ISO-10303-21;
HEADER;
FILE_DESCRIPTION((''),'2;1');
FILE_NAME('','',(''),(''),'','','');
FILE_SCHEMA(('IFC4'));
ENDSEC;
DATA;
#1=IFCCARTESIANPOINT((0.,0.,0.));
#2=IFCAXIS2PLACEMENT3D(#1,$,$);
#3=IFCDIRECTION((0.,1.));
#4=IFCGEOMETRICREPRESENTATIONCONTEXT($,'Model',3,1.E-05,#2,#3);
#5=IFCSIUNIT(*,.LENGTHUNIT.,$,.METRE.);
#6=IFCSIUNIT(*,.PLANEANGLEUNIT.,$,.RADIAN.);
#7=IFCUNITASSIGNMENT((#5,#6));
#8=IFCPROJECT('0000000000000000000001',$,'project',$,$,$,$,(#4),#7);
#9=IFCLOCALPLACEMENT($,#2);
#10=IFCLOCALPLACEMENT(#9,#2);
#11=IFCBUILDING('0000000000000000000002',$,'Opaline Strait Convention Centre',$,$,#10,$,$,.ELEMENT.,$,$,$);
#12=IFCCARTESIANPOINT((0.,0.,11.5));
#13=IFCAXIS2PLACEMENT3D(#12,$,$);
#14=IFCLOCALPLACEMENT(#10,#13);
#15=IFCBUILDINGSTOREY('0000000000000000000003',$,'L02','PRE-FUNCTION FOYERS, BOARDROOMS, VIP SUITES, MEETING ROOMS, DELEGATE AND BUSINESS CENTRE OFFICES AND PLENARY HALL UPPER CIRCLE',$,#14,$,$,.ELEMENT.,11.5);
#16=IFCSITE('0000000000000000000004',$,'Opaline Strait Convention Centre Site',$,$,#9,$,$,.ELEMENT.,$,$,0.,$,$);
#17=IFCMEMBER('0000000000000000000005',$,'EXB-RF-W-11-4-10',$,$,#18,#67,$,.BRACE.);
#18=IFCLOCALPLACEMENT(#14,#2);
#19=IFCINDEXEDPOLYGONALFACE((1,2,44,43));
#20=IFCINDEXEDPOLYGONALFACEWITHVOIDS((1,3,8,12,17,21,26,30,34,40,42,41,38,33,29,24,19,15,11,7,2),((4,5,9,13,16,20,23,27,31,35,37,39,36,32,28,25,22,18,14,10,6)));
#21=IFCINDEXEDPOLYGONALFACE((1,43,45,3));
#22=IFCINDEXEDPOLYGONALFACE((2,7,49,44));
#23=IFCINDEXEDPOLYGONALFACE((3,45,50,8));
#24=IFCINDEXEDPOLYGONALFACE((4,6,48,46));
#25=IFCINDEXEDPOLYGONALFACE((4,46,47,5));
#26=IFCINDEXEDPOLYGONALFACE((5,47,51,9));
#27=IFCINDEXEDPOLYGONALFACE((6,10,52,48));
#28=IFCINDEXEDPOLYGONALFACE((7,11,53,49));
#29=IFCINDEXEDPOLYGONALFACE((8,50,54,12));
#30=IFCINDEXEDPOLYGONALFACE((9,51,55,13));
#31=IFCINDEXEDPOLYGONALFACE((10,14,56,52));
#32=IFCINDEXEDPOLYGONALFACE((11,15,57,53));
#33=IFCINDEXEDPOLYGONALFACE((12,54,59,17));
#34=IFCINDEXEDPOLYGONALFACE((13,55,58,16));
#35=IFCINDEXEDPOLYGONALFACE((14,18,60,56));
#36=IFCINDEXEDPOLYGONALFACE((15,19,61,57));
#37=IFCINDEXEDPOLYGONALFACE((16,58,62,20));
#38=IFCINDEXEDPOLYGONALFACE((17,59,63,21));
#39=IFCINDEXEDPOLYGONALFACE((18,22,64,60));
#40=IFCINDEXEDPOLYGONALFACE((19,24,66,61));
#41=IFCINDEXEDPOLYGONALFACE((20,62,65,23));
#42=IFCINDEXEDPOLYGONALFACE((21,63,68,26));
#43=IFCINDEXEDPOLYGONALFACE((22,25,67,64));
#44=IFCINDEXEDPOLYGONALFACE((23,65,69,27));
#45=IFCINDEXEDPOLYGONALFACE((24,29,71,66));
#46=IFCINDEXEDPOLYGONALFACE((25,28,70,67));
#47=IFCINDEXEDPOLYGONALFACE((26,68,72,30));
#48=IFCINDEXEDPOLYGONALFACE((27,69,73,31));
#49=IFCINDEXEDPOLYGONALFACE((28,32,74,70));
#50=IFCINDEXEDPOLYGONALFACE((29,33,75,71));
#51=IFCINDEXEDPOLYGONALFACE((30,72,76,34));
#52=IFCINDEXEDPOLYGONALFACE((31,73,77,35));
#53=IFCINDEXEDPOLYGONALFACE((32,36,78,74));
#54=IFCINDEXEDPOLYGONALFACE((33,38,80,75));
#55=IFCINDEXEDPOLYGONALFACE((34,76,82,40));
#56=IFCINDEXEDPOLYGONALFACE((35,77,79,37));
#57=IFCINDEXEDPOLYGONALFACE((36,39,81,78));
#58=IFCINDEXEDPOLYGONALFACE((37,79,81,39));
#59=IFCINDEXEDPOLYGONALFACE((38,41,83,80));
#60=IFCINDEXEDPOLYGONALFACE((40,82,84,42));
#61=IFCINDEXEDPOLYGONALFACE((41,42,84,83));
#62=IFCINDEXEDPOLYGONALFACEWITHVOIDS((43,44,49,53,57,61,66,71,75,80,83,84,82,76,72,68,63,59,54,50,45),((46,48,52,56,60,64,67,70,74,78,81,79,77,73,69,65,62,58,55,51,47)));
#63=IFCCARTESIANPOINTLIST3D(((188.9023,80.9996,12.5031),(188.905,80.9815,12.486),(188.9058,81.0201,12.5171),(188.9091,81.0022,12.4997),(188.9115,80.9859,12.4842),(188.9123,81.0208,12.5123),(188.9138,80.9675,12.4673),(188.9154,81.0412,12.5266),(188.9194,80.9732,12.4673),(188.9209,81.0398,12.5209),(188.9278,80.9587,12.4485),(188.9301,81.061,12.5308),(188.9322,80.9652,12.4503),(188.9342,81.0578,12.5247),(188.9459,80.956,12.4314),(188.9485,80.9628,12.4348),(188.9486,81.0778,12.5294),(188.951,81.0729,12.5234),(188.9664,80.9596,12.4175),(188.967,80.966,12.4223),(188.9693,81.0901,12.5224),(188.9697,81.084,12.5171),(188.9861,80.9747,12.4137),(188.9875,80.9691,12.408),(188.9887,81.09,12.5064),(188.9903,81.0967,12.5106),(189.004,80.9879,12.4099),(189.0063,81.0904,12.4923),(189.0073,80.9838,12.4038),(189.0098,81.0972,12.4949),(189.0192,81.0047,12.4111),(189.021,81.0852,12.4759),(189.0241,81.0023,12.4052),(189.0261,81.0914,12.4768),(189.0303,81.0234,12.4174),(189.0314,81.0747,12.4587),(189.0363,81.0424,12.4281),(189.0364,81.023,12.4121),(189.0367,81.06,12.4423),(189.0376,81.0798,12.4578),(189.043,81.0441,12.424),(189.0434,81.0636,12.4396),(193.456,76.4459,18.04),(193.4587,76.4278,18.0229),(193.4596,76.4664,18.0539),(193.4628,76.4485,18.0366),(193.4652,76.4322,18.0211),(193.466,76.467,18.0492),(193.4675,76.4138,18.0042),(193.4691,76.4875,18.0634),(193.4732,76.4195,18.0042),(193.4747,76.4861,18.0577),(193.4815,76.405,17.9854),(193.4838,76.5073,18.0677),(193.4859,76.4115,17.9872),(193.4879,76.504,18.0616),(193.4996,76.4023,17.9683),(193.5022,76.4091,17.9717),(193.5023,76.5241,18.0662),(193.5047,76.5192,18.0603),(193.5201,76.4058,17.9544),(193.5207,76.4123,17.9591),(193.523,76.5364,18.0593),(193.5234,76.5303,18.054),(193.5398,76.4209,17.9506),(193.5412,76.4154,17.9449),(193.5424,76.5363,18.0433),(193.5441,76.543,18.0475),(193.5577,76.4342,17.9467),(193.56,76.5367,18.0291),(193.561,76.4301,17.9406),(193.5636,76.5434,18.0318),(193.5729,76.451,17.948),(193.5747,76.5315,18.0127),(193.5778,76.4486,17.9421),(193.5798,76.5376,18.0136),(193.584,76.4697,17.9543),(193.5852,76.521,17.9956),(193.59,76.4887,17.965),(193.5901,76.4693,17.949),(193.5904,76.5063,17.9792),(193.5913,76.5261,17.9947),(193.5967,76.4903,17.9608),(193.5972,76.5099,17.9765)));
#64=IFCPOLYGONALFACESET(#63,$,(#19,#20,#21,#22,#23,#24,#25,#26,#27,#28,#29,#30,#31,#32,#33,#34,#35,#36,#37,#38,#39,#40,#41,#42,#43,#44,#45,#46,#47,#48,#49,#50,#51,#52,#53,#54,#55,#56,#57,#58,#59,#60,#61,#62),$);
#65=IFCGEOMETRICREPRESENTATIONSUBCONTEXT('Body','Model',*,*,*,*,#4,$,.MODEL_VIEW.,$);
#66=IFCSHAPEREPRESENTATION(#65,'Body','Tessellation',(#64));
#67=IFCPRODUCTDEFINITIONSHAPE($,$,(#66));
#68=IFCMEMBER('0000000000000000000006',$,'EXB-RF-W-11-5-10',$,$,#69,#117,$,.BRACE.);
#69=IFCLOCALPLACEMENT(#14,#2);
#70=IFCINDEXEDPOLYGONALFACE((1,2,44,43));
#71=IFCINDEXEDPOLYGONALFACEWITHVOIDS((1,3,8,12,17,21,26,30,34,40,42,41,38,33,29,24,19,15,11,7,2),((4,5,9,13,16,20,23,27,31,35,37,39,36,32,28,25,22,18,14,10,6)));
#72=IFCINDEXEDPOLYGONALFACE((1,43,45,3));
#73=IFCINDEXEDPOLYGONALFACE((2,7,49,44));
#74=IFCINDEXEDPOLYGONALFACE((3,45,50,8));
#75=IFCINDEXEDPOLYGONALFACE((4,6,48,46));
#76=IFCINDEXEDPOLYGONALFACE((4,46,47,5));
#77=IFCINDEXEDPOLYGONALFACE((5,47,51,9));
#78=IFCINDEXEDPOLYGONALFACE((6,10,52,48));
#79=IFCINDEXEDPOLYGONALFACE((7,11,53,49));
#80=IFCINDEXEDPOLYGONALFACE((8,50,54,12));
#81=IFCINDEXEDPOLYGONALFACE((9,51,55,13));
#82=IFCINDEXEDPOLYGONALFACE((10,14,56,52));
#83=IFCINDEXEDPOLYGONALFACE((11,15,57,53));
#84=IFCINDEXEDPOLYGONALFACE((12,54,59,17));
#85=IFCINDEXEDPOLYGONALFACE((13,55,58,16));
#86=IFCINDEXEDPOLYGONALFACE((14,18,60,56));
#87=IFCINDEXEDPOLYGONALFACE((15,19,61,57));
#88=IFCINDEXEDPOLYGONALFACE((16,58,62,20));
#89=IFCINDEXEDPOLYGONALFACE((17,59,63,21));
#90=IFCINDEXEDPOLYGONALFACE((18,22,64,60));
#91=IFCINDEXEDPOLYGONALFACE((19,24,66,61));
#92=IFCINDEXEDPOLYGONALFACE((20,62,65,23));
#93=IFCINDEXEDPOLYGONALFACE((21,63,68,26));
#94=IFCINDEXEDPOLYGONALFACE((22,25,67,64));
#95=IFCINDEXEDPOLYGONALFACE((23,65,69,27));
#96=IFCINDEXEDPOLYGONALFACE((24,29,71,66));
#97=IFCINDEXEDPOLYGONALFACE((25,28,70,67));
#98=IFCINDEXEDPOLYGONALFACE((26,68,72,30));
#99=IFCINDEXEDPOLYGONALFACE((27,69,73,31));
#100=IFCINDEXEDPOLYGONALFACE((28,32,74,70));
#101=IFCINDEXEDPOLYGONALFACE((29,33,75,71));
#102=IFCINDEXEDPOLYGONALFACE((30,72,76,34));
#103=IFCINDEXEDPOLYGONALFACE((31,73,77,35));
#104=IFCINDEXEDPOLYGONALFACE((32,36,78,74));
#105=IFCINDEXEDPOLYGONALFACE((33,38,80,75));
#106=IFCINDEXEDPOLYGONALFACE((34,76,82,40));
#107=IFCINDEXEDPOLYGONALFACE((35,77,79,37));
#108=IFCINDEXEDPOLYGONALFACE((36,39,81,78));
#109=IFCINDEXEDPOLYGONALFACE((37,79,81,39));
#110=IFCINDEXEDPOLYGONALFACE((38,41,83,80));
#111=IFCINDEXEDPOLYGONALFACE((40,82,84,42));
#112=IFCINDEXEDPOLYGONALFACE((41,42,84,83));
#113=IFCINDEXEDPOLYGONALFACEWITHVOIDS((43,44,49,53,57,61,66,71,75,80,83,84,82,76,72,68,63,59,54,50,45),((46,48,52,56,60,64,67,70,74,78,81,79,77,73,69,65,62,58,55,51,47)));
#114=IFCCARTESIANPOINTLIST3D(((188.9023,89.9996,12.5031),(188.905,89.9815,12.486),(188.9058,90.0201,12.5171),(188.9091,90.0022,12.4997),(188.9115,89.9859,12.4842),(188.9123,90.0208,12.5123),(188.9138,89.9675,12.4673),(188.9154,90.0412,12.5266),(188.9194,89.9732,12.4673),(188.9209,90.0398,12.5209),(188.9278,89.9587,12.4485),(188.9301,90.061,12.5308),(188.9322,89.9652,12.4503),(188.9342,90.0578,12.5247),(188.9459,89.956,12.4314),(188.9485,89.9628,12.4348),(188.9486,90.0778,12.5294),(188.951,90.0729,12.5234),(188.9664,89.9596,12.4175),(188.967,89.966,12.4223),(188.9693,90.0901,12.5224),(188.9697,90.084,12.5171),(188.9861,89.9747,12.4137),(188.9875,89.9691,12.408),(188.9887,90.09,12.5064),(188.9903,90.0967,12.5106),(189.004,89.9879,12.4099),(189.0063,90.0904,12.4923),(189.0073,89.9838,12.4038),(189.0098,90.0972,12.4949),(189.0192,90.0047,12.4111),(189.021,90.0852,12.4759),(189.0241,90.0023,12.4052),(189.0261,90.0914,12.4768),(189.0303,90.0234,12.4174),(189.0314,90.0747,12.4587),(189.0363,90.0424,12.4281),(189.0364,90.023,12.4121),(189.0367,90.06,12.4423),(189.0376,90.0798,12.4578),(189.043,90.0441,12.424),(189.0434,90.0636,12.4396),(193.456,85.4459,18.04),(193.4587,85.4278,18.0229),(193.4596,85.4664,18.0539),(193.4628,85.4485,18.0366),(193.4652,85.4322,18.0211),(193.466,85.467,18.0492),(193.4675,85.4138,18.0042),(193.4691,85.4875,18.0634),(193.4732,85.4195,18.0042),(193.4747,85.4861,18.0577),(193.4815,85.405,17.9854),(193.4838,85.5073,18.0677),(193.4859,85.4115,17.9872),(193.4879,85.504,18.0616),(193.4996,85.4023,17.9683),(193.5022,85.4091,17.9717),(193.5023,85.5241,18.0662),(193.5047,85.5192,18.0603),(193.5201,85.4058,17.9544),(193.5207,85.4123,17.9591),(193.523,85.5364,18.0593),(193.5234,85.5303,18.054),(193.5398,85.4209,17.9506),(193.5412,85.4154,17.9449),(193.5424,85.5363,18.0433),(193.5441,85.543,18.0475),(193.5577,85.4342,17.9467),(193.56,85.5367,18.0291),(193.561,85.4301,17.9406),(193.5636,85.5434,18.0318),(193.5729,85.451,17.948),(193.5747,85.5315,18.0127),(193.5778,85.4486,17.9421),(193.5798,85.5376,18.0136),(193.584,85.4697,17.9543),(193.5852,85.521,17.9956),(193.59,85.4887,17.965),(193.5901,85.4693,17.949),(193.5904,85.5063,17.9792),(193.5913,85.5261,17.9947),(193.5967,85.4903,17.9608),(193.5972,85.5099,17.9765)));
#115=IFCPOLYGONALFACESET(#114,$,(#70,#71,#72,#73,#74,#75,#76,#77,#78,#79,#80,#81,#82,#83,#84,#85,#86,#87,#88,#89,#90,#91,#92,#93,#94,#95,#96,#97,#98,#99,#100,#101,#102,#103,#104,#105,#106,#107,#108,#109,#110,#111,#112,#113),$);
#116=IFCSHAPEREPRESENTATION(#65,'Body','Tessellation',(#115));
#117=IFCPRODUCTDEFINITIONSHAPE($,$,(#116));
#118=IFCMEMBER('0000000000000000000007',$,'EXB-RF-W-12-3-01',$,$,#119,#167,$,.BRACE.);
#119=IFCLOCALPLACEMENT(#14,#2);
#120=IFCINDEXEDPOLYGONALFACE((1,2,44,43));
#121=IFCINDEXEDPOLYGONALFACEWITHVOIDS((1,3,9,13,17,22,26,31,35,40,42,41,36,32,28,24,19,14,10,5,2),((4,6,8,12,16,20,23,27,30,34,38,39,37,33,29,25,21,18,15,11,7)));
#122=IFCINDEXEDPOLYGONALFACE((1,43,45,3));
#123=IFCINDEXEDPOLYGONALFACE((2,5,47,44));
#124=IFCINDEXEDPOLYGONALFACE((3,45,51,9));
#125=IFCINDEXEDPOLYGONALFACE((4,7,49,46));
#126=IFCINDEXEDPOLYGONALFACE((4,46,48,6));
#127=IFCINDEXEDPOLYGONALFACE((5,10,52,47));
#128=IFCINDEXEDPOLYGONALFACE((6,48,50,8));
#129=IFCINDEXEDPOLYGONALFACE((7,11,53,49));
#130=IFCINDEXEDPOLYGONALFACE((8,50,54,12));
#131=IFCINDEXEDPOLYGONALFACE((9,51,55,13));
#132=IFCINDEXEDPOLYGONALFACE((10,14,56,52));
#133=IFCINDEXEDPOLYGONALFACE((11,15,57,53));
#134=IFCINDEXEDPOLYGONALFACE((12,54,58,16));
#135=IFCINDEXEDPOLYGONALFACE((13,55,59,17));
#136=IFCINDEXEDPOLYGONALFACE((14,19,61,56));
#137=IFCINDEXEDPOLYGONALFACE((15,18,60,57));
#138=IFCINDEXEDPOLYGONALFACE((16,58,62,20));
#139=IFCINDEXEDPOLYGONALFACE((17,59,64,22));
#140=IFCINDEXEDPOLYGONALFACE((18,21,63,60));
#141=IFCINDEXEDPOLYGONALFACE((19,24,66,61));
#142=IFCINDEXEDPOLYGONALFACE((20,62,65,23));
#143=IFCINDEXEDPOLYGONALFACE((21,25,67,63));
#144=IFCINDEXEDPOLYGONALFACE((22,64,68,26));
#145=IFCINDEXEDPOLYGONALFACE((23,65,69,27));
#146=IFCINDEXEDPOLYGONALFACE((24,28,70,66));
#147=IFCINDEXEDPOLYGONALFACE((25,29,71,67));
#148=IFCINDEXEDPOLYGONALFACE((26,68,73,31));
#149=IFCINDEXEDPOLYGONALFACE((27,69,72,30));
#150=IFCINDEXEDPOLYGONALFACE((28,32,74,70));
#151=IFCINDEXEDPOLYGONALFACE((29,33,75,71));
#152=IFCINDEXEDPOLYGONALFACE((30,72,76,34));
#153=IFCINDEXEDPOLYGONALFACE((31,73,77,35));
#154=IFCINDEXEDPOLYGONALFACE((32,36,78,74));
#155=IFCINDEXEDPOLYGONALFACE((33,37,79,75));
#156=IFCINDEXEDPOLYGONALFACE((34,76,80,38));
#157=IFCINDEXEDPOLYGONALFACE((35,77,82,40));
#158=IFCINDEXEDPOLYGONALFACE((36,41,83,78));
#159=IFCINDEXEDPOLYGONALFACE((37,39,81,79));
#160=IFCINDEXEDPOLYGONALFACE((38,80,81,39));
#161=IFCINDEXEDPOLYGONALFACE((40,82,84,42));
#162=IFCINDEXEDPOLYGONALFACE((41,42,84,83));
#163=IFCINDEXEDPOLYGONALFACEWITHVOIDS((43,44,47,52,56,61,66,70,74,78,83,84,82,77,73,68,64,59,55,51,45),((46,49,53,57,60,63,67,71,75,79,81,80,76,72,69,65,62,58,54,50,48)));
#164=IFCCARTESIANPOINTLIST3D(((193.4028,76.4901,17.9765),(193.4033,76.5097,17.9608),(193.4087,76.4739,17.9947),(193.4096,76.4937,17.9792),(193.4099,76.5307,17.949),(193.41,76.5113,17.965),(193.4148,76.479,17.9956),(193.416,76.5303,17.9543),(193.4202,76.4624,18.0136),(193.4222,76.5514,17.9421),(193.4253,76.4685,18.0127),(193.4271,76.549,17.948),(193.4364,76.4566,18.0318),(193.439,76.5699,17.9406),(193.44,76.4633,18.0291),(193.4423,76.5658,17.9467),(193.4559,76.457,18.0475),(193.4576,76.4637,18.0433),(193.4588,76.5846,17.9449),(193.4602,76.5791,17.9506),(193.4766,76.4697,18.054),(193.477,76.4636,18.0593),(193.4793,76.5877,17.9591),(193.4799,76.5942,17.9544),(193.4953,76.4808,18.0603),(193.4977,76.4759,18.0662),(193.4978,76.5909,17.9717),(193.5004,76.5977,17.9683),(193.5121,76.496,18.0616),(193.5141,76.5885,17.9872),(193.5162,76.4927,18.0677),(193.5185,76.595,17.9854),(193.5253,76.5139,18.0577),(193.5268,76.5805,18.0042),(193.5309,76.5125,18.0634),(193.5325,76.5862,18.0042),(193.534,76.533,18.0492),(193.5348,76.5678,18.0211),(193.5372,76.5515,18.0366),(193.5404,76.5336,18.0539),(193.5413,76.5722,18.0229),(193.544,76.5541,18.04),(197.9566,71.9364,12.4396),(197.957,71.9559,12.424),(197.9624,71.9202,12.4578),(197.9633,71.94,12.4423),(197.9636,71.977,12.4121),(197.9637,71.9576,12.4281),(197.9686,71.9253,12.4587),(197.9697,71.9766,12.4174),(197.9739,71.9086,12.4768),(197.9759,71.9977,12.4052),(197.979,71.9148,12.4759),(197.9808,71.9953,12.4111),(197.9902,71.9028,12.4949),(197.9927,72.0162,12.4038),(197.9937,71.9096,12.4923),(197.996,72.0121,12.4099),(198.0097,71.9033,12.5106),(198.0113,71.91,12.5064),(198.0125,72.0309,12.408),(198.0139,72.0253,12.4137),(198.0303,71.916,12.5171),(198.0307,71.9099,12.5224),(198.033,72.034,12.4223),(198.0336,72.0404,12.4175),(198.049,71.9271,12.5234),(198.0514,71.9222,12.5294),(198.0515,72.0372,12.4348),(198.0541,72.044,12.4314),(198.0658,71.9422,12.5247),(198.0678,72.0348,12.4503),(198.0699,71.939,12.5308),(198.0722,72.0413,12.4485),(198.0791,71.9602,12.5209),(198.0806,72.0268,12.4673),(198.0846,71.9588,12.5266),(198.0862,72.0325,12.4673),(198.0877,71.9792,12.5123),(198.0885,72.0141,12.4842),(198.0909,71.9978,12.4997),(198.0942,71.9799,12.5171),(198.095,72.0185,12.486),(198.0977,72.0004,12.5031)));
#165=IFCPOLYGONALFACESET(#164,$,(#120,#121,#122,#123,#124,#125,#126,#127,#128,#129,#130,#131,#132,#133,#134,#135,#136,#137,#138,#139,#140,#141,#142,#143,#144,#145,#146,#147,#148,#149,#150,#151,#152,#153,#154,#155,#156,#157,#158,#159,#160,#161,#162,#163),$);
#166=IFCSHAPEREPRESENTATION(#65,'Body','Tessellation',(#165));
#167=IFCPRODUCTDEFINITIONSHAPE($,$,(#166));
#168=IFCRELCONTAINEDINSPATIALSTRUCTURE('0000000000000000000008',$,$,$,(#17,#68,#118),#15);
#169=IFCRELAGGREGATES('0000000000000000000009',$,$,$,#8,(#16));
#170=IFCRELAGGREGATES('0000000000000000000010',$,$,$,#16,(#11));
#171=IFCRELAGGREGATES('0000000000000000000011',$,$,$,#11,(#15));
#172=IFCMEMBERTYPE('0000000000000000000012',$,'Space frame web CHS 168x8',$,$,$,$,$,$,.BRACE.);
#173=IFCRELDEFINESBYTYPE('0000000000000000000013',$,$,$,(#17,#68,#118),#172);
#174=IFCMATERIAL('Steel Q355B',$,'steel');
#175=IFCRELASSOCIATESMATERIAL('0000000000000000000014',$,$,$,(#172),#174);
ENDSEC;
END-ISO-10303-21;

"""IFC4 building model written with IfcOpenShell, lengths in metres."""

from ifc_helpers import new_model, si_unit, direction, frame, origin, origin_2d, place, context, subcontext, project, spatial, hollow_circle, extrude, material, material_profile, profile_set, type_object, element, save


model = new_model("IFC4")

# Units and contexts
model_context = context("Model", 3, precision=1e-05, world=origin(), true_north=direction((0.0, 1.0)))
body_context = subcontext(model_context, "Body", "Model", "MODEL_VIEW")
ifc_project = project(units=[si_unit("LENGTHUNIT", "METRE"), si_unit("PLANEANGLEUNIT", "RADIAN")], contexts=[model_context])

# Site, building, storey
site_placement = place(None, origin())
site = spatial("IfcSite", under=ifc_project, at=site_placement, Name="Opaline Strait Convention Centre Site", CompositionType="ELEMENT", RefElevation=0.0)
building_placement = place(site_placement, origin())
building = spatial("IfcBuilding", under=site, at=building_placement, Name="Opaline Strait Convention Centre", CompositionType="ELEMENT")
storey_placement = place(building_placement, frame((0.0, 0.0, 11.5)))
storey = spatial("IfcBuildingStorey", under=building, at=storey_placement, Name="L02", Description="PRE-FUNCTION FOYERS, BOARDROOMS, VIP SUITES, MEETING ROOMS, DELEGATE AND BUSINESS CENTRE OFFICES AND PLENARY HALL UPPER CIRCLE", CompositionType="ELEMENT", Elevation=11.5)

# Members
ifc_material_1 = material(Name="Steel Q355B", Category="steel")
ifc_material_profile_1 = material_profile(ifc_material_1, hollow_circle(Radius=0.084, WallThickness=0.0081, at=origin_2d()), Name="CHS 168x8")
ifc_profile_set_1 = profile_set([ifc_material_profile_1], Name="Steel Q355B")
member_type_1 = type_object("IfcMemberType", Name="Space frame web CHS 168x8", PredefinedType="BRACE", material=ifc_profile_set_1)
for number, where, z_axis, x_axis, name in (
    (1, (193.5269, 76.4731, 18.0042), (-0.536178, 0.536178, -0.65194), (-0.707107, -0.707107, 0.0), "EXB-RF-W-11-4-10"),
    (2, (193.5269, 85.4731, 18.0042), (-0.536178, 0.536178, -0.65194), (-0.707107, -0.707107, 0.0), "EXB-RF-W-11-5-10"),
    (3, (193.4731, 76.5269, 18.0042), (0.536178, -0.536178, -0.65194), (0.707107, 0.707107, 0.0), "EXB-RF-W-12-3-01"),
):
    element("IfcMember", number, at=place(storey_placement, frame(where, z_axis=z_axis, x_axis=x_axis)), inside=storey, type_object=member_type_1, Name=name, PredefinedType="BRACE", context=body_context, shape_type="SweptSolid", body=[
        extrude(hollow_circle(Radius=0.084, WallThickness=0.0081, at=origin_2d()), origin(), (0.0, 0.0, 1.0), 8.4929),
    ])

save(model, "model.ifc")
